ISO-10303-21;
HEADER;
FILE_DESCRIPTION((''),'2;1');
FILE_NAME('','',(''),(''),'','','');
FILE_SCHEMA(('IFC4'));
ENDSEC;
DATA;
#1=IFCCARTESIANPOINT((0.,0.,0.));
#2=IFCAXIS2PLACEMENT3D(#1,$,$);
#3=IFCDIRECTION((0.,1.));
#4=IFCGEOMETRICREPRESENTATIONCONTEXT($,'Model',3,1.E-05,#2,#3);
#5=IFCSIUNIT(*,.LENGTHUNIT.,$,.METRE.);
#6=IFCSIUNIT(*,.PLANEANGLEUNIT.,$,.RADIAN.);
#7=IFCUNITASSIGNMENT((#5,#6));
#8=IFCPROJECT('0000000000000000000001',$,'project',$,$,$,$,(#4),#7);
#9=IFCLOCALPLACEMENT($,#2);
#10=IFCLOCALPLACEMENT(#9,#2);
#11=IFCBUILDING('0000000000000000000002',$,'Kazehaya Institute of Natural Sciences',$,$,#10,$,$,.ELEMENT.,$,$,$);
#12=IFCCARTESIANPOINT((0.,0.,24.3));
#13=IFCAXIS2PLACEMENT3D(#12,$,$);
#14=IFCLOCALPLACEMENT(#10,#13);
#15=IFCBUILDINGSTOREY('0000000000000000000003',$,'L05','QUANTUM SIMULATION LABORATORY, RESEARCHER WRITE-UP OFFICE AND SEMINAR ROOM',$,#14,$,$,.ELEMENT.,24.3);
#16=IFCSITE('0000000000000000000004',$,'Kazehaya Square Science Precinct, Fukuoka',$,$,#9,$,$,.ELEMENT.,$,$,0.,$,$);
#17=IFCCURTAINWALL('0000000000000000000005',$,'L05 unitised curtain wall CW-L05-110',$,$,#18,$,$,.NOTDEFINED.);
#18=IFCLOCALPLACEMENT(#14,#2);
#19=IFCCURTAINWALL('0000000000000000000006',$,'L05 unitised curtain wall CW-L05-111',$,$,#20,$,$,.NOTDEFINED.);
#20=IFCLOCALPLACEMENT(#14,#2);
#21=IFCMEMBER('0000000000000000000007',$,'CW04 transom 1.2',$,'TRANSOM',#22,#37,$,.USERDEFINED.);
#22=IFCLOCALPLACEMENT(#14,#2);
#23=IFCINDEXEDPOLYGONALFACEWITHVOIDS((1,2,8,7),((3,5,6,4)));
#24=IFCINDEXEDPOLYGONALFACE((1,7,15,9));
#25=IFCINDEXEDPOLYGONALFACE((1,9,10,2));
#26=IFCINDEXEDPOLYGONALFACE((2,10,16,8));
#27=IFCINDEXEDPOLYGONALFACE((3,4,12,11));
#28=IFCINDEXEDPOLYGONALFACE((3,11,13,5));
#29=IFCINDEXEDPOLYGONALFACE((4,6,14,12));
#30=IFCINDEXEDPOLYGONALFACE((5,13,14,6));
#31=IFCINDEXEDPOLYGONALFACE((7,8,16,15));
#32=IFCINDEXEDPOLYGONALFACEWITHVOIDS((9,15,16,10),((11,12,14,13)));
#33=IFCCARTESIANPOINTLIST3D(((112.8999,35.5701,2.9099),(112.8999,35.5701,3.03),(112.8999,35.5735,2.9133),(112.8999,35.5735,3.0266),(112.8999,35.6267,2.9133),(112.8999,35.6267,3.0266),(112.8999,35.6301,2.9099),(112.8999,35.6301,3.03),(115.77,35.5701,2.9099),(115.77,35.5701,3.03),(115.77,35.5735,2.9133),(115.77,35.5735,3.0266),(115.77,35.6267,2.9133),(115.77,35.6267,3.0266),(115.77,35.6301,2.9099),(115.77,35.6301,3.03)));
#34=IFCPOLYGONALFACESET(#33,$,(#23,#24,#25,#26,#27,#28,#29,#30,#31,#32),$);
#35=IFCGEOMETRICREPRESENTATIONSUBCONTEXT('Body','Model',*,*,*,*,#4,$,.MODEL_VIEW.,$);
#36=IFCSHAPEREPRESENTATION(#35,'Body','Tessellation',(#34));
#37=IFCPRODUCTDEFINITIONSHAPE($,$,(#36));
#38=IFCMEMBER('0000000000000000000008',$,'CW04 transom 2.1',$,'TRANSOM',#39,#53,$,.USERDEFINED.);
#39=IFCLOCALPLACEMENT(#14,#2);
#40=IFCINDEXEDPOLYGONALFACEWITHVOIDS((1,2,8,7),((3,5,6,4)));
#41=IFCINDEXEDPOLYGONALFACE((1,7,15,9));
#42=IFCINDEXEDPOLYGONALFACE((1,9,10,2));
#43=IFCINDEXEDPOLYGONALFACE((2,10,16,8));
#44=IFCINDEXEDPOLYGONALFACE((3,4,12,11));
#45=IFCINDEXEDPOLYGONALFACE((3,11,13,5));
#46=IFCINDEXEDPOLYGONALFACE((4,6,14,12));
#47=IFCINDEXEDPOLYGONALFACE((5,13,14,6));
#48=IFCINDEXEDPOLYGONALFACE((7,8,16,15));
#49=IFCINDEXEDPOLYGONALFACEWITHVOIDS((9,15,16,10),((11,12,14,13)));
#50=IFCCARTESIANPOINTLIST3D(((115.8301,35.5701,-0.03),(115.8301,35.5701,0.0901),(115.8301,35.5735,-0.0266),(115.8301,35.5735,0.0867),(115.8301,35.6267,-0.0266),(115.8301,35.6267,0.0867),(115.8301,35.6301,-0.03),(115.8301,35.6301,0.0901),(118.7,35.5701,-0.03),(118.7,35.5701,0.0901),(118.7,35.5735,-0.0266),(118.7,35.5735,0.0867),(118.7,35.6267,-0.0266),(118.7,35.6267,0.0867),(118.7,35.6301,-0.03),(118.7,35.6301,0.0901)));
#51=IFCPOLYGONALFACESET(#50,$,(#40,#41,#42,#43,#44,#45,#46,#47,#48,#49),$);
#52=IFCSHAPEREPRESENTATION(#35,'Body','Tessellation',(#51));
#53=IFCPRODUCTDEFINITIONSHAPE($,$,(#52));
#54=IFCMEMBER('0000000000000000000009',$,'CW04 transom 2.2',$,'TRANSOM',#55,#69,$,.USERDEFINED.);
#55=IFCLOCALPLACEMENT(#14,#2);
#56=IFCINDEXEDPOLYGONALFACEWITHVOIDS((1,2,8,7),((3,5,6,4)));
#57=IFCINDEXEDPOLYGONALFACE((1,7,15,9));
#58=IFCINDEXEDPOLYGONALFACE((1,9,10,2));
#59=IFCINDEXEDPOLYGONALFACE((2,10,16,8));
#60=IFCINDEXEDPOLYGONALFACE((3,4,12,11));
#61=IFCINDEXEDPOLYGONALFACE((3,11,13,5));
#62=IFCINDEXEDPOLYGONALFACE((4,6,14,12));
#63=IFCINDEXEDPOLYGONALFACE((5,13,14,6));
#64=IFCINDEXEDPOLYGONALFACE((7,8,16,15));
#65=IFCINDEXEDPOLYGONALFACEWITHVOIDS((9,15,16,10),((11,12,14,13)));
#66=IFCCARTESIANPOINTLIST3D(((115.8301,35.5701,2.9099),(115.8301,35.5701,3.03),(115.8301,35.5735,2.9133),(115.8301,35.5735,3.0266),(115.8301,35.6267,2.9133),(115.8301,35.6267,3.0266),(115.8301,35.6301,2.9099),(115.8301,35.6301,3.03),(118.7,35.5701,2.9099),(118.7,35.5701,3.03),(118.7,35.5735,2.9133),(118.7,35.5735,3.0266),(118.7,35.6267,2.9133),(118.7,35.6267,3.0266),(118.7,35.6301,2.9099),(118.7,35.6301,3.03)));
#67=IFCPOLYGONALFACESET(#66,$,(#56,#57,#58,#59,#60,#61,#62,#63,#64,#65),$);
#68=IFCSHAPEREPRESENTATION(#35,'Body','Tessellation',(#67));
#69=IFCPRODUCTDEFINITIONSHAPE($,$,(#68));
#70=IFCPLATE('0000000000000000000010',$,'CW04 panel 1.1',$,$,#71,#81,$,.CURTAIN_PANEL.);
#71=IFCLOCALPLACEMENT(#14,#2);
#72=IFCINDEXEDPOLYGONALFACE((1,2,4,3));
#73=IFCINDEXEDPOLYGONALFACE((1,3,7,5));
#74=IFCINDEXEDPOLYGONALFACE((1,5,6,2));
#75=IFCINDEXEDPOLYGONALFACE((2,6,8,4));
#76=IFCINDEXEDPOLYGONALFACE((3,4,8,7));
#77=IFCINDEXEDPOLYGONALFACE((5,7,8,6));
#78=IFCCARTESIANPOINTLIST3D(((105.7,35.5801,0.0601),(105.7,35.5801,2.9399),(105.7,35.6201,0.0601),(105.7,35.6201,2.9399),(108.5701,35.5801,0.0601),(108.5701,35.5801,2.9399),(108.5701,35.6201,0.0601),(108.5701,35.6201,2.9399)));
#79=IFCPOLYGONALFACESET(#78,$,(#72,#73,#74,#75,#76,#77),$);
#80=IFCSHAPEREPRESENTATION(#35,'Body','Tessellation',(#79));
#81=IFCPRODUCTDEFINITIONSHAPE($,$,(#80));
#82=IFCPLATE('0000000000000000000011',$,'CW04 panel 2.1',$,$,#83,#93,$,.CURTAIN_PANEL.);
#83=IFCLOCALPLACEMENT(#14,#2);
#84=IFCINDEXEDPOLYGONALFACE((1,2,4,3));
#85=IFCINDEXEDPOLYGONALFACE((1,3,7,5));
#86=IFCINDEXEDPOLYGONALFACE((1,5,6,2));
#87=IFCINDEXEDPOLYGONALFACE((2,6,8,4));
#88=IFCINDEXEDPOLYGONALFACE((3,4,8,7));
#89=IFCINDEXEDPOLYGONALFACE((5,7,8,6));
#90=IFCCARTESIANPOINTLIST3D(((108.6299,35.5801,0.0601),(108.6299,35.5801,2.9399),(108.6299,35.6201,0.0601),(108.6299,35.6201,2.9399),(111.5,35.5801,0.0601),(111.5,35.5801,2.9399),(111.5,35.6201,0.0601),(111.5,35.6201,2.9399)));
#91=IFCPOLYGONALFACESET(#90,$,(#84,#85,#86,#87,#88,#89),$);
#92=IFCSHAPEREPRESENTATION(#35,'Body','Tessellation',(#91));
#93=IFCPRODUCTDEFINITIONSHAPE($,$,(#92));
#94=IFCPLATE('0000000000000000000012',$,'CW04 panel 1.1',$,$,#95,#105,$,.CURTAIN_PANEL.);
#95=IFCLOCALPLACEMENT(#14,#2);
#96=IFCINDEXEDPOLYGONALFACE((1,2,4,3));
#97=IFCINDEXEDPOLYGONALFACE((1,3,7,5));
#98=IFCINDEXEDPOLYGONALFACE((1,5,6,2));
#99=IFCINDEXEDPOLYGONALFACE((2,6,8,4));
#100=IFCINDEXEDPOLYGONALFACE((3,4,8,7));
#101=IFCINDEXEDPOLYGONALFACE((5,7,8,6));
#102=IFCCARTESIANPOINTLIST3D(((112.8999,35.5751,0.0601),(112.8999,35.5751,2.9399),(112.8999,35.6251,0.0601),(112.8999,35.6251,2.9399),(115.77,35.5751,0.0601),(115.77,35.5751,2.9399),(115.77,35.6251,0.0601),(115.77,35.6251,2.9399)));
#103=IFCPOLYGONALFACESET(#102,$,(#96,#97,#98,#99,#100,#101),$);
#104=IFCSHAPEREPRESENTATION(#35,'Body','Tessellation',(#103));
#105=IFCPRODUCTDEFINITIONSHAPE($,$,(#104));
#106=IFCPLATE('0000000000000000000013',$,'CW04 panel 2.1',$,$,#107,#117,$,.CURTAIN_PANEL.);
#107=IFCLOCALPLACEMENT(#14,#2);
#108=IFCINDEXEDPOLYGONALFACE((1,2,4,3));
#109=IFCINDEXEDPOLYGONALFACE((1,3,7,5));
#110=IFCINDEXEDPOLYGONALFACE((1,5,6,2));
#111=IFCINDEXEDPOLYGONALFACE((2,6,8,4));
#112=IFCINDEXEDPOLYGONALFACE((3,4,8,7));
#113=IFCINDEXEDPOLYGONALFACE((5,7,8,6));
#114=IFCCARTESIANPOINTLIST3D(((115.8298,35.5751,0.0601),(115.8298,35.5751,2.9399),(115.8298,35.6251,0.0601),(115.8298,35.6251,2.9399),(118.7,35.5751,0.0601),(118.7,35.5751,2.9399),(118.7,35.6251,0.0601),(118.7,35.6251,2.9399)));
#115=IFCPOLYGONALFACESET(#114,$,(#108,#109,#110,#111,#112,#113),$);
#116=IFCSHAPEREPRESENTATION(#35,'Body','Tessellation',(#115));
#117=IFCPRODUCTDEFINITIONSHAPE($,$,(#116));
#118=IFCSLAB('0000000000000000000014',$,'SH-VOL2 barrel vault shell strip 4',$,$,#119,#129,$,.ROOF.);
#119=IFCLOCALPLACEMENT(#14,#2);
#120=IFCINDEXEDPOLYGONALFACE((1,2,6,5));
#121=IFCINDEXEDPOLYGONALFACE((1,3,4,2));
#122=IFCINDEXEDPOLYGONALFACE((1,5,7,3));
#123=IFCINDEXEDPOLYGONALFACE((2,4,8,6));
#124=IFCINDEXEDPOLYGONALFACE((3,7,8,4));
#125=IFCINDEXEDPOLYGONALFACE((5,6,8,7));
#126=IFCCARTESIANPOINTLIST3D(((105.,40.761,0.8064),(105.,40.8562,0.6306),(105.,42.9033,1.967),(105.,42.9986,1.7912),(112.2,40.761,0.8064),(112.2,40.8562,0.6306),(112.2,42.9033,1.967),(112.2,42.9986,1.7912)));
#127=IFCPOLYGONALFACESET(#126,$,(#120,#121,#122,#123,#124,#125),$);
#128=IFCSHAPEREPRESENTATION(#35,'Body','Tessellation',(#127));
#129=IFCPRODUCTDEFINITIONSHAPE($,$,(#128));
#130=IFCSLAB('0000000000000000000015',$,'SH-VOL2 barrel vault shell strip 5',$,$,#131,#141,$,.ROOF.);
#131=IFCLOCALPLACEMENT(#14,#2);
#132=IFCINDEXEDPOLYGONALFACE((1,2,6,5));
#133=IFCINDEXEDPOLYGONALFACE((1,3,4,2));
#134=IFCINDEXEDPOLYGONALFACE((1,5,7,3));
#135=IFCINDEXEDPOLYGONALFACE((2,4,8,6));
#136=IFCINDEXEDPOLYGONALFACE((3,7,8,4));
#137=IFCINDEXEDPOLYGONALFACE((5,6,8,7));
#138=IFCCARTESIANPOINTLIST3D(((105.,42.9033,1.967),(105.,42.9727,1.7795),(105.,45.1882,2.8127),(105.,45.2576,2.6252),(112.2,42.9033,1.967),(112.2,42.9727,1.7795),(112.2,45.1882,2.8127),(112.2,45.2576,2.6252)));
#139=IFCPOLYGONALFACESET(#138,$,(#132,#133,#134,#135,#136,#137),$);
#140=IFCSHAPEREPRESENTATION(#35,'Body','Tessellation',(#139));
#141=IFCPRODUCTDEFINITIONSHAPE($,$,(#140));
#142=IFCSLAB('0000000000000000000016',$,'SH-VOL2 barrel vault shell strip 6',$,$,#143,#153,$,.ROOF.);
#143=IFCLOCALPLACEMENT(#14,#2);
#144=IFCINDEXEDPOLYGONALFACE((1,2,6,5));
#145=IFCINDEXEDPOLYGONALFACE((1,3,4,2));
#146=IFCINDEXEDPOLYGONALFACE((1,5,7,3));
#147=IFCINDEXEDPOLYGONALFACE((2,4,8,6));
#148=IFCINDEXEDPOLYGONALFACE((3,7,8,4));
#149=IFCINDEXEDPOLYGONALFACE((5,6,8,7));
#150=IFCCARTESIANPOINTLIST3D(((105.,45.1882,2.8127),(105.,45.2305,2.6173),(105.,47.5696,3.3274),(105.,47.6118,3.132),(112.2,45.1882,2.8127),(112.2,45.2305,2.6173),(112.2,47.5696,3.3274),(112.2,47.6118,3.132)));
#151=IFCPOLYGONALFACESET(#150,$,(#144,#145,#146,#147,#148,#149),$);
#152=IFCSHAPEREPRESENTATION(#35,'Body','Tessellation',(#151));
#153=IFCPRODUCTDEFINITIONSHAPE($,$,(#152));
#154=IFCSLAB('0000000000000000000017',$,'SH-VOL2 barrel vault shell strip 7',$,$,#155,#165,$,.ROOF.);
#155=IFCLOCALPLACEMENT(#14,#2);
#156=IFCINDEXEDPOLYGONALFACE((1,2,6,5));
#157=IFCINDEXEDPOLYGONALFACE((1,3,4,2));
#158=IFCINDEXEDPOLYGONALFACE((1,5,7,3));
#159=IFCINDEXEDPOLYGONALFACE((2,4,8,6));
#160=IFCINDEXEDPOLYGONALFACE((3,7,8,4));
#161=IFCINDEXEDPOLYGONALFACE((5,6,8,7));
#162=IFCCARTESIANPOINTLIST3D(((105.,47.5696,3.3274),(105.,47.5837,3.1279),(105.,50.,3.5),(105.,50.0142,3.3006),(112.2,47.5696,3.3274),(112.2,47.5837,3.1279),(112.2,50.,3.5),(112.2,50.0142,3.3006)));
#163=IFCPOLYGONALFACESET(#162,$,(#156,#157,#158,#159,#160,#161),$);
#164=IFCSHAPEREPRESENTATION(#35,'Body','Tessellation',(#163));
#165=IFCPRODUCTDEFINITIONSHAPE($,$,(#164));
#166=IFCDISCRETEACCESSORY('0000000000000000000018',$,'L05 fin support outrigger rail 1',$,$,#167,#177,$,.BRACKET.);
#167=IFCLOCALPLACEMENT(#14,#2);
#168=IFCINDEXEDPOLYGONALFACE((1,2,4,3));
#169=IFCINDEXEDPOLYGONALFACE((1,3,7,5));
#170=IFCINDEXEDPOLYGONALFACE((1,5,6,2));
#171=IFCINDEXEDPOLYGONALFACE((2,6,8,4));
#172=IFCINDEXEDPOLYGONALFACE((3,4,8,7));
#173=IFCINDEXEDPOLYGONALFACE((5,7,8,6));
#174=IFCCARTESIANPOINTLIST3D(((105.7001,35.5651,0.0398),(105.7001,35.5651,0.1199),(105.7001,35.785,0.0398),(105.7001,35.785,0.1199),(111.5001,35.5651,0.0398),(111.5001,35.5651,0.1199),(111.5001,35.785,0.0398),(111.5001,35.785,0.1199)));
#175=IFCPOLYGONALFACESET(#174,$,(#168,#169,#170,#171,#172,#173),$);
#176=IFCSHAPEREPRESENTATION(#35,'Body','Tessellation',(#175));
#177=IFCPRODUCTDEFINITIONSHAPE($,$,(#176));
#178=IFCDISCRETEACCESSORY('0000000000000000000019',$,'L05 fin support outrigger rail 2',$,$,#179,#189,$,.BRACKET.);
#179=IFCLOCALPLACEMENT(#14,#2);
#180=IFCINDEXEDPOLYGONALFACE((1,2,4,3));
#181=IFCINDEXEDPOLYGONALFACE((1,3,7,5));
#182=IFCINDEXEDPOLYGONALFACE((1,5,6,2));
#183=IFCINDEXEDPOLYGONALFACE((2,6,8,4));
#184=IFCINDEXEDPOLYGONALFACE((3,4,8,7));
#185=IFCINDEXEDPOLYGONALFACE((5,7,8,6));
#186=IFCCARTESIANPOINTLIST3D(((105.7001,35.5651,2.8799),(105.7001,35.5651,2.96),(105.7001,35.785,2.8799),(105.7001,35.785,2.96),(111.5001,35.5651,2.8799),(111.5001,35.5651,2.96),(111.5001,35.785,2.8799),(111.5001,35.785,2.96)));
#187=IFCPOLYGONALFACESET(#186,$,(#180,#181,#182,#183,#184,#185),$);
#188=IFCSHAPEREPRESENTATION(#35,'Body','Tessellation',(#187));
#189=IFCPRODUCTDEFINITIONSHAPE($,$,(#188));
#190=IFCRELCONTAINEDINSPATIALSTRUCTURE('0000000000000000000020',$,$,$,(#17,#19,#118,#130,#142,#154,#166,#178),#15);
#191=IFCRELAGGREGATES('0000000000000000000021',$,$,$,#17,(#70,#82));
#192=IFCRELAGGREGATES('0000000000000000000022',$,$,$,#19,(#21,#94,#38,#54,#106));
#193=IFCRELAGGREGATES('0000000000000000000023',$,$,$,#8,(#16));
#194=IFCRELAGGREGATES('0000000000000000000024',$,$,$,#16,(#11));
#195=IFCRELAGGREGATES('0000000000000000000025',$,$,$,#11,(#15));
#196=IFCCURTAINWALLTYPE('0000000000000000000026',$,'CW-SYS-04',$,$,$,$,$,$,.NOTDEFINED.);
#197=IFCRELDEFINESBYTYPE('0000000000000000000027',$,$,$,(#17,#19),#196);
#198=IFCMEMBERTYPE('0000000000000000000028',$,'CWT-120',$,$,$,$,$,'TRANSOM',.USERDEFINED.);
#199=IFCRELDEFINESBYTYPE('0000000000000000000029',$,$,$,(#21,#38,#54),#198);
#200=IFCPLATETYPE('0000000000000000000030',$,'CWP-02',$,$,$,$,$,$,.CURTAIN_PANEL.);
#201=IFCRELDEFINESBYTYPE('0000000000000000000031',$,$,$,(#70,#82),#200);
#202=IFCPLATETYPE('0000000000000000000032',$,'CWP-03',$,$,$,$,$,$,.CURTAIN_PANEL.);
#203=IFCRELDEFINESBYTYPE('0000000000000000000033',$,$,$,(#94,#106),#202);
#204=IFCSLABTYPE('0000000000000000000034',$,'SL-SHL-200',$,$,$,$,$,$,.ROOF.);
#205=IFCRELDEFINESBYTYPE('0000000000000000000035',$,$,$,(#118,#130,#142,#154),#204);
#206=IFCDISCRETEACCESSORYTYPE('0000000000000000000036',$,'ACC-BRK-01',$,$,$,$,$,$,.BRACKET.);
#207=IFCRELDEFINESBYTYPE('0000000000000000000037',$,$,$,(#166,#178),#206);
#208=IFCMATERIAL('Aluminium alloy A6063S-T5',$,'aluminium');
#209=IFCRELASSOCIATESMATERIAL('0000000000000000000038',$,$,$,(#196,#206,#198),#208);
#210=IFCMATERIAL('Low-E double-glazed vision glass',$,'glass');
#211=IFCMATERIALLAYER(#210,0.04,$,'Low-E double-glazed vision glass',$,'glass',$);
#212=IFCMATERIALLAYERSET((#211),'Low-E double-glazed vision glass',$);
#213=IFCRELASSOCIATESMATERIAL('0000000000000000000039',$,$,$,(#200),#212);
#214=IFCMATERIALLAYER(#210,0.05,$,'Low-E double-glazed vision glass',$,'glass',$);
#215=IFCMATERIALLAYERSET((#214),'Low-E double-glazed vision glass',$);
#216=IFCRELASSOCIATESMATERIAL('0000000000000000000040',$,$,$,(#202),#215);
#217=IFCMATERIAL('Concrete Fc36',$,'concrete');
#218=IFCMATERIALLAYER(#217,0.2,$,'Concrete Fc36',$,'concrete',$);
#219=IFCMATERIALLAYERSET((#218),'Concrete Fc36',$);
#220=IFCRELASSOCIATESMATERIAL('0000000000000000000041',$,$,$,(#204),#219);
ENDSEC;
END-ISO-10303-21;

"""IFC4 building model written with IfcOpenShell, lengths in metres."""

from ifc_helpers import new_model, si_unit, direction, frame, origin, origin_2d, place, context, subcontext, project, spatial, polyline, rectangle, hollow_rectangle, outline, extrude, material, layer, layer_set, material_profile, profile_set, type_object, element, aggregate, save


model = new_model("IFC4")

# Units and contexts
model_context = context("Model", 3, precision=1e-05, world=origin(), true_north=direction((0.0, 1.0)))
body_context = subcontext(model_context, "Body", "Model", "MODEL_VIEW")
ifc_project = project(units=[si_unit("LENGTHUNIT", "METRE"), si_unit("PLANEANGLEUNIT", "RADIAN")], contexts=[model_context])

# Site, building, storey
site_placement = place(None, origin())
site = spatial("IfcSite", under=ifc_project, at=site_placement, Name="Kazehaya Square Science Precinct, Fukuoka", CompositionType="ELEMENT", RefElevation=0.0)
building_placement = place(site_placement, origin())
building = spatial("IfcBuilding", under=site, at=building_placement, Name="Kazehaya Institute of Natural Sciences", CompositionType="ELEMENT")
storey_placement = place(building_placement, frame((0.0, 0.0, 24.3)))
storey = spatial("IfcBuildingStorey", under=building, at=storey_placement, Name="L05", Description="QUANTUM SIMULATION LABORATORY, RESEARCHER WRITE-UP OFFICE AND SEMINAR ROOM", CompositionType="ELEMENT", Elevation=24.3)

# Shared definitions
ifc_material_1 = material(Name="Concrete Fc36", Category="concrete")

# Curtain walls
ifc_material_2 = material(Name="Aluminium alloy A6063S-T5", Category="aluminium")
curtain_wall_type = type_object("IfcCurtainWallType", Name="CW-SYS-04", PredefinedType="NOTDEFINED", material=ifc_material_2)
curtain_wall_1_placement = place(storey_placement, origin())
curtain_wall_1 = element("IfcCurtainWall", 1, at=curtain_wall_1_placement, inside=storey, type_object=curtain_wall_type, Name="L05 unitised curtain wall CW-L05-110", PredefinedType="NOTDEFINED")
curtain_wall_2_placement = place(storey_placement, origin())
curtain_wall_2 = element("IfcCurtainWall", 2, at=curtain_wall_2_placement, inside=storey, type_object=curtain_wall_type, Name="L05 unitised curtain wall CW-L05-111", PredefinedType="NOTDEFINED")

# Members
ifc_material_profile_1 = material_profile(ifc_material_2, hollow_rectangle(XDim=0.0601, YDim=0.1201, WallThickness=0.0034, at=origin_2d()), Name="ALU-60x120x3.5")
ifc_profile_set_1 = profile_set([ifc_material_profile_1], Name="Aluminium alloy A6063S-T5")
member_type_1 = type_object("IfcMemberType", Name="CWT-120", ElementType="TRANSOM", PredefinedType="USERDEFINED", material=ifc_profile_set_1)
member_1_placement = place(storey_placement, frame((112.8999, 35.6001, 2.97), z_axis=(1.0, 0.0, 0.0), x_axis=(0.0, 1.0, 0.0)))
member_1 = element("IfcMember", 3, at=member_1_placement, type_object=member_type_1, Name="CW04 transom 1.2", ObjectType="TRANSOM", PredefinedType="USERDEFINED", context=body_context, shape_type="SweptSolid", body=[
    extrude(hollow_rectangle(XDim=0.0601, YDim=0.1201, WallThickness=0.0034, at=origin_2d()), origin(), (0.0, 0.0, 1.0), 2.8701),
])
member_2_placement = place(storey_placement, frame((115.8301, 35.6001, 0.03), z_axis=(1.0, 0.0, 0.0), x_axis=(0.0, 1.0, 0.0)))
member_2 = element("IfcMember", 4, at=member_2_placement, type_object=member_type_1, Name="CW04 transom 2.1", ObjectType="TRANSOM", PredefinedType="USERDEFINED", context=body_context, shape_type="SweptSolid", body=[
    extrude(hollow_rectangle(XDim=0.0601, YDim=0.1201, WallThickness=0.0034, at=origin_2d()), origin(), (0.0, 0.0, 1.0), 2.8699),
])
member_3_placement = place(storey_placement, frame((115.8301, 35.6001, 2.97), z_axis=(1.0, 0.0, 0.0), x_axis=(0.0, 1.0, 0.0)))
member_3 = element("IfcMember", 5, at=member_3_placement, type_object=member_type_1, Name="CW04 transom 2.2", ObjectType="TRANSOM", PredefinedType="USERDEFINED", context=body_context, shape_type="SweptSolid", body=[
    extrude(hollow_rectangle(XDim=0.0601, YDim=0.1201, WallThickness=0.0034, at=origin_2d()), origin(), (0.0, 0.0, 1.0), 2.8699),
])

# Plates
ifc_material_3 = material(Name="Low-E double-glazed vision glass", Category="glass")
ifc_layer_1 = layer(ifc_material_3, 0.04, Name="Low-E double-glazed vision glass", Category="glass")
ifc_layer_set_1 = layer_set([ifc_layer_1], Name="Low-E double-glazed vision glass")
plate_type_1 = type_object("IfcPlateType", Name="CWP-02", PredefinedType="CURTAIN_PANEL", material=ifc_layer_set_1)
plate_1_placement = place(storey_placement, frame((107.135, 35.6001, 0.0601), z_axis=(0.0, 0.0, 1.0), x_axis=(1.0, 0.0, 0.0)))
plate_1 = element("IfcPlate", 6, at=plate_1_placement, type_object=plate_type_1, Name="CW04 panel 1.1", PredefinedType="CURTAIN_PANEL", context=body_context, shape_type="SweptSolid", body=[
    extrude(rectangle(XDim=2.8701, YDim=0.04, at=origin_2d()), origin(), (0.0, 0.0, 1.0), 2.8799),
])
plate_2_placement = place(storey_placement, frame((110.0649, 35.6001, 0.0601), z_axis=(0.0, 0.0, 1.0), x_axis=(1.0, 0.0, 0.0)))
plate_2 = element("IfcPlate", 7, at=plate_2_placement, type_object=plate_type_1, Name="CW04 panel 2.1", PredefinedType="CURTAIN_PANEL", context=body_context, shape_type="SweptSolid", body=[
    extrude(rectangle(XDim=2.8701, YDim=0.04, at=origin_2d()), origin(), (0.0, 0.0, 1.0), 2.8799),
])
aggregate(curtain_wall_1, [plate_1, plate_2])
ifc_layer_2 = layer(ifc_material_3, 0.05, Name="Low-E double-glazed vision glass", Category="glass")
ifc_layer_set_2 = layer_set([ifc_layer_2], Name="Low-E double-glazed vision glass")
plate_type_2 = type_object("IfcPlateType", Name="CWP-03", PredefinedType="CURTAIN_PANEL", material=ifc_layer_set_2)
plate_3_placement = place(storey_placement, frame((114.335, 35.6001, 0.0601), z_axis=(0.0, 0.0, 1.0), x_axis=(1.0, 0.0, 0.0)))
plate_3 = element("IfcPlate", 8, at=plate_3_placement, type_object=plate_type_2, Name="CW04 panel 1.1", PredefinedType="CURTAIN_PANEL", context=body_context, shape_type="SweptSolid", body=[
    extrude(rectangle(XDim=2.8701, YDim=0.05, at=origin_2d()), origin(), (0.0, 0.0, 1.0), 2.8799),
])
plate_4_placement = place(storey_placement, frame((117.2649, 35.6001, 0.0601), z_axis=(0.0, 0.0, 1.0), x_axis=(1.0, 0.0, 0.0)))
plate_4 = element("IfcPlate", 9, at=plate_4_placement, type_object=plate_type_2, Name="CW04 panel 2.1", PredefinedType="CURTAIN_PANEL", context=body_context, shape_type="SweptSolid", body=[
    extrude(rectangle(XDim=2.8701, YDim=0.05, at=origin_2d()), origin(), (0.0, 0.0, 1.0), 2.8799),
])
aggregate(curtain_wall_2, [member_1, plate_3, member_2, member_3, plate_4])

# Slabs
ifc_layer_3 = layer(ifc_material_1, 0.2, Name="Concrete Fc36", Category="concrete")
ifc_layer_set_3 = layer_set([ifc_layer_3], Name="Concrete Fc36")
slab_type = type_object("IfcSlabType", Name="SL-SHL-200", PredefinedType="ROOF", material=ifc_layer_set_3)
slab_1_placement = place(storey_placement, frame((105.0, 40.761, 0.8064), z_axis=(0.0, -0.476351, 0.879255), x_axis=(1.0, 0.0, 0.0)))
element("IfcSlab", 10, at=slab_1_placement, inside=storey, type_object=slab_type, Name="SH-VOL2 barrel vault shell strip 4", PredefinedType="ROOF", context=body_context, shape_type="SweptSolid", body=[
    extrude(outline(polyline([(0.0, 0.0), (7.2, 0.0), (7.2, 2.4365), (0.0, 2.4365), (0.0, 0.0)])), origin(), (0.0, 0.0, -1.0), 0.2),
])
slab_2_placement = place(storey_placement, frame((105.0, 42.9033, 1.967), z_axis=(0.0, -0.347112, 0.937824), x_axis=(1.0, 0.0, 0.0)))
element("IfcSlab", 11, at=slab_2_placement, inside=storey, type_object=slab_type, Name="SH-VOL2 barrel vault shell strip 5", PredefinedType="ROOF", context=body_context, shape_type="SweptSolid", body=[
    extrude(outline(polyline([(0.0, 0.0), (7.2, 0.0), (7.2, 2.4364), (0.0, 2.4364), (0.0, 0.0)])), origin(), (0.0, 0.0, -1.0), 0.2),
])
slab_3_placement = place(storey_placement, frame((105.0, 45.1882, 2.8127), z_axis=(0.0, -0.21124, 0.977434), x_axis=(1.0, 0.0, 0.0)))
element("IfcSlab", 12, at=slab_3_placement, inside=storey, type_object=slab_type, Name="SH-VOL2 barrel vault shell strip 6", PredefinedType="ROOF", context=body_context, shape_type="SweptSolid", body=[
    extrude(outline(polyline([(0.0, 0.0), (7.2, 0.0), (7.2, 2.4363), (0.0, 2.4363), (0.0, 0.0)])), origin(), (0.0, 0.0, -1.0), 0.2),
])
slab_4_placement = place(storey_placement, frame((105.0, 47.5696, 3.3274), z_axis=(0.0, -0.070841, 0.997488), x_axis=(1.0, 0.0, 0.0)))
element("IfcSlab", 13, at=slab_4_placement, inside=storey, type_object=slab_type, Name="SH-VOL2 barrel vault shell strip 7", PredefinedType="ROOF", context=body_context, shape_type="SweptSolid", body=[
    extrude(outline(polyline([(0.0, 0.0), (7.2, 0.0), (7.2, 2.4365), (0.0, 2.4365), (0.0, 0.0)])), origin(), (0.0, 0.0, -1.0), 0.2),
])

# Discrete accessories
discrete_accessory_type = type_object("IfcDiscreteAccessoryType", Name="ACC-BRK-01", PredefinedType="BRACKET", material=ifc_material_2)
for number, where, z_axis, x_axis, name in (
    (14, (108.6001, 35.675, 0.0398), (0.0, 0.0, 1.0), (1.0, 0.0, 0.0), "L05 fin support outrigger rail 1"),
    (15, (108.6001, 35.675, 2.8799), (0.0, 0.0, 1.0), (1.0, 0.0, 0.0), "L05 fin support outrigger rail 2"),
):
    element("IfcDiscreteAccessory", number, at=place(storey_placement, frame(where, z_axis=z_axis, x_axis=x_axis)), inside=storey, type_object=discrete_accessory_type, Name=name, PredefinedType="BRACKET", context=body_context, shape_type="SweptSolid", body=[
        extrude(rectangle(XDim=5.8, YDim=0.22, at=origin_2d()), origin(), (0.0, 0.0, 1.0), 0.0801),
    ])

save(model, "model.ifc")
